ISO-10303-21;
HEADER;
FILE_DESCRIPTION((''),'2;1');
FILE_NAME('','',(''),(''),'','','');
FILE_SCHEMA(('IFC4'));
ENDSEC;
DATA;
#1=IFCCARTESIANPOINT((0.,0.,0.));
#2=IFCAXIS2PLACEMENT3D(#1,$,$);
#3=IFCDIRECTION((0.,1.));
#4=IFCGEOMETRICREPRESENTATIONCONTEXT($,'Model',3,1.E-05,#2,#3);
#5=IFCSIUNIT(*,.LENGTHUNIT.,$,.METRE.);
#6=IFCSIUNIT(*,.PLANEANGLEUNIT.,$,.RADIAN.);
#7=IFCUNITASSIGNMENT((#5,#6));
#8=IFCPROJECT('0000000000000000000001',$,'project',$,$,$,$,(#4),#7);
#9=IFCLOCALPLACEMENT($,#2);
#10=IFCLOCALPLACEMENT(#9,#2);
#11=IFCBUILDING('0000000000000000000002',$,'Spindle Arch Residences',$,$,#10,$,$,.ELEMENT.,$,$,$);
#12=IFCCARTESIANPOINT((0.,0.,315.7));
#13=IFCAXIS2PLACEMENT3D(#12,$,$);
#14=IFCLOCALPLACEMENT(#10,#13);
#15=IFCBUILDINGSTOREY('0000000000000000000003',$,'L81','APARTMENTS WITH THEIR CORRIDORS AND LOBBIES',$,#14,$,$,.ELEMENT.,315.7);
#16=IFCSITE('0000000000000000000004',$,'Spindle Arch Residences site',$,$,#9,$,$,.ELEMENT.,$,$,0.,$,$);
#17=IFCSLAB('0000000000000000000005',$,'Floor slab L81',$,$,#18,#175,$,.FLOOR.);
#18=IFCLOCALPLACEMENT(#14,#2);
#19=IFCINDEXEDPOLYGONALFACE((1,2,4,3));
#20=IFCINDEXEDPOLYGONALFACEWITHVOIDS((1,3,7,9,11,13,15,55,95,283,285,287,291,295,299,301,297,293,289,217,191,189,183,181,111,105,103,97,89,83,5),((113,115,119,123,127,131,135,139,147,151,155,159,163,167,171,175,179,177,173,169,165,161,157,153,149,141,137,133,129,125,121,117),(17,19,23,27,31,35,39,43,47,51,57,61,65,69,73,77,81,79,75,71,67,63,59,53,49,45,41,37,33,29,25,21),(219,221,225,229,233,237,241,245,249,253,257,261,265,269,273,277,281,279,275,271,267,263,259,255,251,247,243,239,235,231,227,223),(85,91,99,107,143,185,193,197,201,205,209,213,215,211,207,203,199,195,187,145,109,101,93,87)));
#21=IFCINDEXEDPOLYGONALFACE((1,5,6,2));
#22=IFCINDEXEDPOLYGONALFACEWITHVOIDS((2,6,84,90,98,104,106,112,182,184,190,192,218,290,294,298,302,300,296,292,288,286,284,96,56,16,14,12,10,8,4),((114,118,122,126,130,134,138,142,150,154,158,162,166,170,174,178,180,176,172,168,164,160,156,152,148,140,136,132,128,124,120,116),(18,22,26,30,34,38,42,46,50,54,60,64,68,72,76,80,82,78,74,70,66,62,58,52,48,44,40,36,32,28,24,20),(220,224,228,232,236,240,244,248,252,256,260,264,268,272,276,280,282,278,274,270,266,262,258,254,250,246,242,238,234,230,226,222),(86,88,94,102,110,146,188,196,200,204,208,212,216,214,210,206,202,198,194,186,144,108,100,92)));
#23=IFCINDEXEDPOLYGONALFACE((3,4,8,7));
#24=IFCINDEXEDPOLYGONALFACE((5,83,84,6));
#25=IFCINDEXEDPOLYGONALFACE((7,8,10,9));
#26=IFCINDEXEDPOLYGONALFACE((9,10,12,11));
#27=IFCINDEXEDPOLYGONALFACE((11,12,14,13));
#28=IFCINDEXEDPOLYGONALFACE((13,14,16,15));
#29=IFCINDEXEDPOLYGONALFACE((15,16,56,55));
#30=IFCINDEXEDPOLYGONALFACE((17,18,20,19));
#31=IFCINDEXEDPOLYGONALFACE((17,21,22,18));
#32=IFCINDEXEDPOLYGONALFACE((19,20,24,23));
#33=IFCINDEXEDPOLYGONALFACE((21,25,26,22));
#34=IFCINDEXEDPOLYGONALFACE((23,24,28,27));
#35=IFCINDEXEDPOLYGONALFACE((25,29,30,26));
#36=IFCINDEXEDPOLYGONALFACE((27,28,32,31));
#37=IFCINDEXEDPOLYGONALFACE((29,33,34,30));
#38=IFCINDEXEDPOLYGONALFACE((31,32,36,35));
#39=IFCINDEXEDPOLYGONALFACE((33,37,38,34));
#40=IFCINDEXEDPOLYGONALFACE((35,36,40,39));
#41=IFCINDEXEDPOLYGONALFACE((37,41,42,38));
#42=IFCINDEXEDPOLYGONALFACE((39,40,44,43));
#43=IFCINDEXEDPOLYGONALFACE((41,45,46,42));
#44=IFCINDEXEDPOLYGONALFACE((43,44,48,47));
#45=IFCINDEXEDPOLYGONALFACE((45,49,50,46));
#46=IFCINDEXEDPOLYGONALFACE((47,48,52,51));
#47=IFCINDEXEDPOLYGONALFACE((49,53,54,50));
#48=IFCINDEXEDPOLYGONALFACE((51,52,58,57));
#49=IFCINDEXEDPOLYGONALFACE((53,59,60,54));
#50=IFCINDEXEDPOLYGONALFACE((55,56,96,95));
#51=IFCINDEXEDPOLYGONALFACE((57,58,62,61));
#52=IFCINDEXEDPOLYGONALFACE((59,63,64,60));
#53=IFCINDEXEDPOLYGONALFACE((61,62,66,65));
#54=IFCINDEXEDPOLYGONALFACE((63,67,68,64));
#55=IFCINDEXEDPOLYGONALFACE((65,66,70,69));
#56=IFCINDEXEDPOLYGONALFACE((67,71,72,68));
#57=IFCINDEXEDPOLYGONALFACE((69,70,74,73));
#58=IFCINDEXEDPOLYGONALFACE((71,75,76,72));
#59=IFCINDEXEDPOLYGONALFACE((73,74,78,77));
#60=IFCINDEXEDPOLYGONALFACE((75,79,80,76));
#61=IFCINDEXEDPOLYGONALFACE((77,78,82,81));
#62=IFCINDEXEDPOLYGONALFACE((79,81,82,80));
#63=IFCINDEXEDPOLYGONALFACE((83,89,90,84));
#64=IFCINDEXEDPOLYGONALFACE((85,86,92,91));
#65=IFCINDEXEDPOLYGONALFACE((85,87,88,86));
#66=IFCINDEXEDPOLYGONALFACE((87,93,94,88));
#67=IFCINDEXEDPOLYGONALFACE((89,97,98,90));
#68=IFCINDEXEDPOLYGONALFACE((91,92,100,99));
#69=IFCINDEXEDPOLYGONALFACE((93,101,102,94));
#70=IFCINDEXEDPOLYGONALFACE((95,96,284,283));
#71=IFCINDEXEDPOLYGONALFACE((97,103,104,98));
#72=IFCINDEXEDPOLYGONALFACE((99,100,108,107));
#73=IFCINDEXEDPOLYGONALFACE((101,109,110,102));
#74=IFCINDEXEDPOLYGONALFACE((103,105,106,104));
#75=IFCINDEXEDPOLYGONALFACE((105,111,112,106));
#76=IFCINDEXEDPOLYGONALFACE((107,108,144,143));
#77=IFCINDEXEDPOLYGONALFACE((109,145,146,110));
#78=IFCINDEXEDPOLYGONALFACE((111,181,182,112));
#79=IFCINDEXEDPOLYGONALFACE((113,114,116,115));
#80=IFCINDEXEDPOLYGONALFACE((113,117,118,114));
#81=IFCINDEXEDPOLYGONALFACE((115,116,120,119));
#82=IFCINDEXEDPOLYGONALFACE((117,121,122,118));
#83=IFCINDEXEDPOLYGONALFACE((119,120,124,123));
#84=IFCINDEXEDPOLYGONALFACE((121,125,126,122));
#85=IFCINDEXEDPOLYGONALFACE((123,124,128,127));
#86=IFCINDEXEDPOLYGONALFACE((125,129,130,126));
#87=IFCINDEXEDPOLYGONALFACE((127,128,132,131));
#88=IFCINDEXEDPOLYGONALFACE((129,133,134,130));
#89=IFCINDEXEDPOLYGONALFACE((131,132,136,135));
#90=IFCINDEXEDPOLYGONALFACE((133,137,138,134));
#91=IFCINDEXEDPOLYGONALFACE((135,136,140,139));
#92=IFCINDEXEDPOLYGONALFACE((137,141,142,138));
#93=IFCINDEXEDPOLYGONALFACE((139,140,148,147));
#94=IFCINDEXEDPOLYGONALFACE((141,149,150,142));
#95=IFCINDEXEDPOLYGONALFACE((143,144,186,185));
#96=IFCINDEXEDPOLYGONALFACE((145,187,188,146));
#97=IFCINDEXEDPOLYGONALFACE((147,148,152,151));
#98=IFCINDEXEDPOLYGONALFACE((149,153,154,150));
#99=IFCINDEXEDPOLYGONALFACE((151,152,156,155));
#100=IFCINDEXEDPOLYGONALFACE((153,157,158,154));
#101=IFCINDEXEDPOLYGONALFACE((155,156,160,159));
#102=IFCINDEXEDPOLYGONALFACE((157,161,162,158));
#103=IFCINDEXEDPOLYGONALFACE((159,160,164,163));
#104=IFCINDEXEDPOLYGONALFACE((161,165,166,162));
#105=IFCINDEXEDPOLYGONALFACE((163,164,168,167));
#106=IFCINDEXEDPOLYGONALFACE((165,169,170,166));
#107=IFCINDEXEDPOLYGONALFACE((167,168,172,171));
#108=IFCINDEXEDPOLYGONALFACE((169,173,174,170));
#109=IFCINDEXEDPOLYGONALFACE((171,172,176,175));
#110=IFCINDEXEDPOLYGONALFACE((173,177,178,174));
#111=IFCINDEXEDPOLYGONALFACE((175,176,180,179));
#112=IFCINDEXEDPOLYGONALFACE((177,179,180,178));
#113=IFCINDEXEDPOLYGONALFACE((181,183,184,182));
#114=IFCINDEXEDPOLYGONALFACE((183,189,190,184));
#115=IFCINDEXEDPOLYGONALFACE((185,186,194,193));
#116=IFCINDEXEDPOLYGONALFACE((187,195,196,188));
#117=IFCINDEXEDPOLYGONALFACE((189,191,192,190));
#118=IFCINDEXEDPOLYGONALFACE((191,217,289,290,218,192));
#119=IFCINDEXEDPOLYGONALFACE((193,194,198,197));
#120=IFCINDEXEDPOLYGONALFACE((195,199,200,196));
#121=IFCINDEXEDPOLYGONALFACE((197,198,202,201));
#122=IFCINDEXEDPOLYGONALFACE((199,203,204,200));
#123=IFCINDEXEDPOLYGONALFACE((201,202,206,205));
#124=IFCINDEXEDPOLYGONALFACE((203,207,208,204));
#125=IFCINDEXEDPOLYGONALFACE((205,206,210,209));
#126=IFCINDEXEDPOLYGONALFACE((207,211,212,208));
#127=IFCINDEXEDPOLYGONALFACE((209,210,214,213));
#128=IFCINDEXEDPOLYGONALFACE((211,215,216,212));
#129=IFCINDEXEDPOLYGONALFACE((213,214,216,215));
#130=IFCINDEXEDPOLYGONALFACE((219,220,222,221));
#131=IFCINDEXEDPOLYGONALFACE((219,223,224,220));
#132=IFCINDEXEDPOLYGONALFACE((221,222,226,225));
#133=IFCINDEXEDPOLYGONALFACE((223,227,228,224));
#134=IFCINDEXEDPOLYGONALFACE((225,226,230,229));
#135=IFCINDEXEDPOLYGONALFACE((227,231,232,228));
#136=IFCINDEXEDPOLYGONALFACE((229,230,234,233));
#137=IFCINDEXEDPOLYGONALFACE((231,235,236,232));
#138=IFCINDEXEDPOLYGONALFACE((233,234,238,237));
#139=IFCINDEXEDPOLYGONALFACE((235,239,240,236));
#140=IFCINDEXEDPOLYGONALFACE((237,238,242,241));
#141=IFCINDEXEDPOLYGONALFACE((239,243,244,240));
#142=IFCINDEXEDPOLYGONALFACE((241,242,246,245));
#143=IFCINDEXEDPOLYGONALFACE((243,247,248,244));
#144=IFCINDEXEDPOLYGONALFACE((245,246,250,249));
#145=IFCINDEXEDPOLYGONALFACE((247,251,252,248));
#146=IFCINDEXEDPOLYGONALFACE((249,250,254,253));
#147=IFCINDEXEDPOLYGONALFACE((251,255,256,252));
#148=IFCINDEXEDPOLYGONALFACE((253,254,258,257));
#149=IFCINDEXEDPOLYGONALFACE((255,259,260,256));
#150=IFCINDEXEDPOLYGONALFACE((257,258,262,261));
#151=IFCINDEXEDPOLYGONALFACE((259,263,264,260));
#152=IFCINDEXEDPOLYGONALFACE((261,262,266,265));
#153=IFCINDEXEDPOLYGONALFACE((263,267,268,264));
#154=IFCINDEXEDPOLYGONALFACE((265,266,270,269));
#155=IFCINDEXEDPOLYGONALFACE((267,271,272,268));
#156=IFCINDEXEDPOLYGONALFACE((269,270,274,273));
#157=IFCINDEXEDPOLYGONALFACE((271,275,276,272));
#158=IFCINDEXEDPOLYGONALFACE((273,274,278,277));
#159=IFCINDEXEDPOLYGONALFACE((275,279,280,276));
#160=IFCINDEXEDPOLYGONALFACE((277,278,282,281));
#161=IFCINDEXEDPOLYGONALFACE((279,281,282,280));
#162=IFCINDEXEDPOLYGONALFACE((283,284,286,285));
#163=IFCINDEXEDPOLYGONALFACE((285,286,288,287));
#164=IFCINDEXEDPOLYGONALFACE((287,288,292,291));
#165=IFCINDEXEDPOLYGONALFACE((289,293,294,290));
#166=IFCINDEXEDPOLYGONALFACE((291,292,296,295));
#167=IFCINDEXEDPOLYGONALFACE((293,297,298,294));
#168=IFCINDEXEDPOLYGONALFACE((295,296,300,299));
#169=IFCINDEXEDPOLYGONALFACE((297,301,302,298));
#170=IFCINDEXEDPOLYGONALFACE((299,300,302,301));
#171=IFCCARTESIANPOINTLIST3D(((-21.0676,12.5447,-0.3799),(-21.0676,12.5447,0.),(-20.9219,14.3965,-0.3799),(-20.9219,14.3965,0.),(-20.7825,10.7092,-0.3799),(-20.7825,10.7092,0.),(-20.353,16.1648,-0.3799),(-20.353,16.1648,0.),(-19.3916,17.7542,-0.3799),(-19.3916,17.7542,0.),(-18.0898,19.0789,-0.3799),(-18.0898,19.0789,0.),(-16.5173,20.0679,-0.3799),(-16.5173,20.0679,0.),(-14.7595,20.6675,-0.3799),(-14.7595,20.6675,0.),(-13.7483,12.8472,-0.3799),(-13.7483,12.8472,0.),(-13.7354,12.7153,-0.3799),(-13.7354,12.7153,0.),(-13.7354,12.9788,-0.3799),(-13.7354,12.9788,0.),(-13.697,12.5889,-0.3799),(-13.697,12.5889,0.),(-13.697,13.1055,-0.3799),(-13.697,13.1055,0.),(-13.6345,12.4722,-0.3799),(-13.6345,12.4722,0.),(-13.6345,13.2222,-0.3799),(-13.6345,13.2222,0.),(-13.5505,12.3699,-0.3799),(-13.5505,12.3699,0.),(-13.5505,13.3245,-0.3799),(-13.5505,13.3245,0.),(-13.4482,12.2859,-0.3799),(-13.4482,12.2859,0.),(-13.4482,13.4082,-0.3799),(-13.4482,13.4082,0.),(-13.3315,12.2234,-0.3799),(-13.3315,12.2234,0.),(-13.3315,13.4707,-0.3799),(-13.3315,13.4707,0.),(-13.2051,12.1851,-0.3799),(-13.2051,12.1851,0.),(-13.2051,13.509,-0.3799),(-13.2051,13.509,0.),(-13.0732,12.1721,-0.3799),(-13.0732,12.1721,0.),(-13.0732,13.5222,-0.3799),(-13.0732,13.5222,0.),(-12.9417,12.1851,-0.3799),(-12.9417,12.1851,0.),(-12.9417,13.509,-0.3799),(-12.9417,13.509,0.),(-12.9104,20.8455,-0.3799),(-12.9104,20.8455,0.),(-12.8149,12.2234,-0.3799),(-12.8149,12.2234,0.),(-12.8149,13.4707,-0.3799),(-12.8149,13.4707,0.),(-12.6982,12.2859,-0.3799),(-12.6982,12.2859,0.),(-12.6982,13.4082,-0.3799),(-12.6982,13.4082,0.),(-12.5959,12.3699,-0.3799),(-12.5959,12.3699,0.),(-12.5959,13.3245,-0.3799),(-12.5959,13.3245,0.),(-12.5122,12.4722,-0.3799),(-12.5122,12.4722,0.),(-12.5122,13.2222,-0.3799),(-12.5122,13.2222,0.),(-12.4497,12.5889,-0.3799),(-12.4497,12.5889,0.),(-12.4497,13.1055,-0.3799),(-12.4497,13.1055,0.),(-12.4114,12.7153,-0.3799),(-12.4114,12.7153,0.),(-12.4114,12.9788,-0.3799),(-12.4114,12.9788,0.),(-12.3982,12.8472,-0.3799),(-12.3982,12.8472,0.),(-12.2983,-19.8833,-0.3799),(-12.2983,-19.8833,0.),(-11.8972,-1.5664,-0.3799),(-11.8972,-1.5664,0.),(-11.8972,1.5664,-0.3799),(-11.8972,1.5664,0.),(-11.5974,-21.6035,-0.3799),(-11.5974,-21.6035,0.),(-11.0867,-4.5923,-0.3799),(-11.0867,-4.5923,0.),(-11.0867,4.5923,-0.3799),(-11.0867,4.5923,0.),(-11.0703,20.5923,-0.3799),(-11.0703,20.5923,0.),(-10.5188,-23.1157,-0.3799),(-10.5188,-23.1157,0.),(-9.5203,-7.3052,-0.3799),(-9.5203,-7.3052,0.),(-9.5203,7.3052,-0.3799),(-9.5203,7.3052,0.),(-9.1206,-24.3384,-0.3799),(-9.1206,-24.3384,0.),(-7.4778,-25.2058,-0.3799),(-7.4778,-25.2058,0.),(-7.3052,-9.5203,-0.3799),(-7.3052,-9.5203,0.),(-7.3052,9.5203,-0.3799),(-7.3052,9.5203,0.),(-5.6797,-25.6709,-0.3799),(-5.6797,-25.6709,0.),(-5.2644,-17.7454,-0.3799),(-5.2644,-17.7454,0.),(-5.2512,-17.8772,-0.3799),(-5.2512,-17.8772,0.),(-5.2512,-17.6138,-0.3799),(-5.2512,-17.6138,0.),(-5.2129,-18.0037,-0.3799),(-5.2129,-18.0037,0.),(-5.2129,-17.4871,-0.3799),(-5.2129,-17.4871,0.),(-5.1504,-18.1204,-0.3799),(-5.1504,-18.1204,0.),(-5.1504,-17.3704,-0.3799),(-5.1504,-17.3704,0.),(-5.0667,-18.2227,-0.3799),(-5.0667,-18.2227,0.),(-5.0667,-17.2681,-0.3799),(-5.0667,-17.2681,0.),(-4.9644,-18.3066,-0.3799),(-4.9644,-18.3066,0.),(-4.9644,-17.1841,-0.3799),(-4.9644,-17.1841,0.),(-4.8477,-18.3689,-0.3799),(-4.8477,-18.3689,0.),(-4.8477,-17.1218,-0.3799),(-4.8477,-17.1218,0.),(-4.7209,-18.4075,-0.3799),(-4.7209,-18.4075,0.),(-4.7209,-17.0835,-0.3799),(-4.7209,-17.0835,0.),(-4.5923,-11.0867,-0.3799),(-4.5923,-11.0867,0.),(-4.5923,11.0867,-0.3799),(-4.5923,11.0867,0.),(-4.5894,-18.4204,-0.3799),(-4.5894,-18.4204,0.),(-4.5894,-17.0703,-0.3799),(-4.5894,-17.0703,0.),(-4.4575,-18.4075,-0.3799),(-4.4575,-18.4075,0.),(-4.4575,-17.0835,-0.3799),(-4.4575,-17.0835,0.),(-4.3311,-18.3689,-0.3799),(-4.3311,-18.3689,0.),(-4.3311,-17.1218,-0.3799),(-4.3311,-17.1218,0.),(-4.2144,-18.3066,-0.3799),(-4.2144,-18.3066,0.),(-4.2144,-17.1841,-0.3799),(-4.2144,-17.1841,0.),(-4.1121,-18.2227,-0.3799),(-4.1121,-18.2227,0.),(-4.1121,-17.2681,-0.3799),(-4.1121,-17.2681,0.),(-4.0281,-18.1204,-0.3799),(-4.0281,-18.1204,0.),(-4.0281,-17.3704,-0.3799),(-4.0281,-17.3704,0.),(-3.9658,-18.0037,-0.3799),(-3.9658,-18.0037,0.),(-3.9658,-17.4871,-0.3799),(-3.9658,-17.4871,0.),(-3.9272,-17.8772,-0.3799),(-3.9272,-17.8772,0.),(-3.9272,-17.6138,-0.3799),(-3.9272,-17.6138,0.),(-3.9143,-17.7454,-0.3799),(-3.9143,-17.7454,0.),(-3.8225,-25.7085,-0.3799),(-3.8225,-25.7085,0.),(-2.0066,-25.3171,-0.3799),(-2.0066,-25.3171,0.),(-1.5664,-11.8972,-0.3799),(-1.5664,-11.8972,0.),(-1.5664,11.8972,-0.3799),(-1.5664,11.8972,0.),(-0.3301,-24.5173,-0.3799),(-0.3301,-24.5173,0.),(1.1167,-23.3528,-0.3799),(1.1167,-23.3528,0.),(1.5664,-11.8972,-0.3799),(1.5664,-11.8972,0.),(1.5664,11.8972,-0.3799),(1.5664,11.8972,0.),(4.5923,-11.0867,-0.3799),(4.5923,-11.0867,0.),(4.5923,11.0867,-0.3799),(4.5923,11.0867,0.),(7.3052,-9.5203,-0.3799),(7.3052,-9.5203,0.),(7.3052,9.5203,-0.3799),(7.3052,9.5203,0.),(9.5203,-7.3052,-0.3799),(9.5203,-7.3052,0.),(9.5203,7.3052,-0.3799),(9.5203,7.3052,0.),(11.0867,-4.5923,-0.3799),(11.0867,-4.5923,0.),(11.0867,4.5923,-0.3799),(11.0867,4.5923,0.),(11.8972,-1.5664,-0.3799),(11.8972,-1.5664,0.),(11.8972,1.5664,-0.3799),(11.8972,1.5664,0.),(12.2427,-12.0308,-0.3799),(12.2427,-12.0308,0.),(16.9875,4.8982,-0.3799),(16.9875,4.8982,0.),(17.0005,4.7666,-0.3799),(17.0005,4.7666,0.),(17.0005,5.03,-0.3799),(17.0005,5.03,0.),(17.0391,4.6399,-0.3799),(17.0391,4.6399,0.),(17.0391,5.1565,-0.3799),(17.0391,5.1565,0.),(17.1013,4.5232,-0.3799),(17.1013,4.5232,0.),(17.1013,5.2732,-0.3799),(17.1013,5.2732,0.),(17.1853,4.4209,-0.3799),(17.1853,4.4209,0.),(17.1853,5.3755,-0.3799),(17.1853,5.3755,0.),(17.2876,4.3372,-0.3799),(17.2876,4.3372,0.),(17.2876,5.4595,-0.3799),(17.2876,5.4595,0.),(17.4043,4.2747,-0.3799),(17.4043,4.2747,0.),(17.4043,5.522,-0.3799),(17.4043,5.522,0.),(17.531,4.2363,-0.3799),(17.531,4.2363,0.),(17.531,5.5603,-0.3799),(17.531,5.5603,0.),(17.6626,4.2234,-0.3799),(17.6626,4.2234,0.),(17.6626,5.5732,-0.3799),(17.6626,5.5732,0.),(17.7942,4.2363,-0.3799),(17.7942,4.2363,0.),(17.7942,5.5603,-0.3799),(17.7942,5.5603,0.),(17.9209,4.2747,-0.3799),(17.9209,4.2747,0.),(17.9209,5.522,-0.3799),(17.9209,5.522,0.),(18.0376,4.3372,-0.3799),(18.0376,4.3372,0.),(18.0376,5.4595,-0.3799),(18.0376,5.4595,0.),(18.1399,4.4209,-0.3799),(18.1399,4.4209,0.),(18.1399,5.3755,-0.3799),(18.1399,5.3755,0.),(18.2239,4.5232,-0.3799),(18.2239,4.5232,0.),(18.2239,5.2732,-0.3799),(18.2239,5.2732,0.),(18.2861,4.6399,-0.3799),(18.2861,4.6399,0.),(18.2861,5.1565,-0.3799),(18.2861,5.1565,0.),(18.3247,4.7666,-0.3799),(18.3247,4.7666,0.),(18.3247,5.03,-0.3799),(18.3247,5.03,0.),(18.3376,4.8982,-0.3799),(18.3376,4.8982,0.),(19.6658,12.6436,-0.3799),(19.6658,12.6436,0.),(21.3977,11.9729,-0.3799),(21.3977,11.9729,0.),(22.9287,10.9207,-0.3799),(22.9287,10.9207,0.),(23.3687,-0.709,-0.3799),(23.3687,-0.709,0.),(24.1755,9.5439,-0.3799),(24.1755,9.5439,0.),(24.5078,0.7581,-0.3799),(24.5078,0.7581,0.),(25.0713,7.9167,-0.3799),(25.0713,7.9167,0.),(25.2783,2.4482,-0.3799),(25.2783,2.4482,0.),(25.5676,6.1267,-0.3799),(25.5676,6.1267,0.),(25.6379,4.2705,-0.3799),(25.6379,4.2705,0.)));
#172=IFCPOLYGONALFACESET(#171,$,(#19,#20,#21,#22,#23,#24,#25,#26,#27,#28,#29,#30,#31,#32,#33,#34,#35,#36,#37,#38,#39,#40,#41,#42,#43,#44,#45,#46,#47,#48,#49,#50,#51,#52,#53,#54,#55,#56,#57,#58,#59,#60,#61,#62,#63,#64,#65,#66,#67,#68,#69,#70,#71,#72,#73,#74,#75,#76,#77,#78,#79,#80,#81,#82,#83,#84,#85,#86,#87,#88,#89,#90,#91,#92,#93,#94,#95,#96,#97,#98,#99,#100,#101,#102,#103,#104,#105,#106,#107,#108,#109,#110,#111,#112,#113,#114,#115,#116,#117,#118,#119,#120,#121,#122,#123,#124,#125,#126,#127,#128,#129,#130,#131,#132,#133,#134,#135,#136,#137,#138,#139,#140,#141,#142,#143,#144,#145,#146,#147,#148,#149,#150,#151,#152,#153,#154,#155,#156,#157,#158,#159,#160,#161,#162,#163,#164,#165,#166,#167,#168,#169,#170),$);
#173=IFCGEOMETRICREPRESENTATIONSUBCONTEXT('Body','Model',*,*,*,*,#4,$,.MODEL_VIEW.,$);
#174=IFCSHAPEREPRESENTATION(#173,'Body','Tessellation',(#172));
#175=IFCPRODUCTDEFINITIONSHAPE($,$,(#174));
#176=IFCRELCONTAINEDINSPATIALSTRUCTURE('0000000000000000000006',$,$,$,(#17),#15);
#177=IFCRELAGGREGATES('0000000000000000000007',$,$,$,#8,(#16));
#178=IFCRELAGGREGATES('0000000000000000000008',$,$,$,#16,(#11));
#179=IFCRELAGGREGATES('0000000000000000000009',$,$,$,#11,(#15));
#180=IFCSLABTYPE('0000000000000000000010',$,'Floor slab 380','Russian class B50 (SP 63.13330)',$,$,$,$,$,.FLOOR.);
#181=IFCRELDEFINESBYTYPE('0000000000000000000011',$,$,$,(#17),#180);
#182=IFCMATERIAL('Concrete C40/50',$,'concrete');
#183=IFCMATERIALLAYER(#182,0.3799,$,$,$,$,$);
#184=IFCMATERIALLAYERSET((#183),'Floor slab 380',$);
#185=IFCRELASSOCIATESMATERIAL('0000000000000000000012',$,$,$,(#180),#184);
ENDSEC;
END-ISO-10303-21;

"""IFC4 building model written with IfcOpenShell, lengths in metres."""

from ifc_helpers import new_model, si_unit, direction, frame, origin, place, context, subcontext, project, spatial, polyline, outline, extrude, material, layer, layer_set, type_object, element, save


model = new_model("IFC4")

# Units and contexts
model_context = context("Model", 3, precision=1e-05, world=origin(), true_north=direction((0.0, 1.0)))
body_context = subcontext(model_context, "Body", "Model", "MODEL_VIEW")
ifc_project = project(units=[si_unit("LENGTHUNIT", "METRE"), si_unit("PLANEANGLEUNIT", "RADIAN")], contexts=[model_context])

# Site, building, storey
site_placement = place(None, origin())
site = spatial("IfcSite", under=ifc_project, at=site_placement, Name="Spindle Arch Residences site", CompositionType="ELEMENT", RefElevation=0.0)
building_placement = place(site_placement, origin())
building = spatial("IfcBuilding", under=site, at=building_placement, Name="Spindle Arch Residences", CompositionType="ELEMENT")
storey_placement = place(building_placement, frame((0.0, 0.0, 315.7)))
storey = spatial("IfcBuildingStorey", under=building, at=storey_placement, Name="L81", Description="APARTMENTS WITH THEIR CORRIDORS AND LOBBIES", CompositionType="ELEMENT", Elevation=315.7)

# Slab
ifc_material_1 = material(Name="Concrete C40/50", Category="concrete")
ifc_layer_1 = layer(ifc_material_1, 0.3799)
ifc_layer_set_1 = layer_set([ifc_layer_1], Name="Floor slab 380")
slab_type_1 = type_object("IfcSlabType", Name="Floor slab 380", Description="Russian class B50 (SP 63.13330)", PredefinedType="FLOOR", material=ifc_layer_set_1)
slab_1_placement = place(storey_placement, frame((0.0, 0.0, -0.3799)))
element("IfcSlab", 1, at=slab_1_placement, inside=storey, type_object=slab_type_1, Name="Floor slab L81", PredefinedType="FLOOR", context=body_context, shape_type="SweptSolid", body=[
    extrude(outline(polyline([(-0.3301, -24.5173), (-2.0066, -25.3171), (-3.8225, -25.7085), (-5.6797, -25.6709), (-7.4778, -25.2058), (-9.1206, -24.3384), (-10.5188, -23.1157), (-11.5974, -21.6035), (-12.2983, -19.8833), (-20.7825, 10.7092), (-21.0676, 12.5447), (-20.9219, 14.3965), (-20.353, 16.1648), (-19.3916, 17.7542), (-18.0898, 19.0789), (-16.5173, 20.0679), (-14.7595, 20.6675), (-12.9104, 20.8455), (-11.0703, 20.5923), (19.6658, 12.6436), (21.3977, 11.9729), (22.9287, 10.9207), (24.1755, 9.5439), (25.0713, 7.9167), (25.5676, 6.1267), (25.6379, 4.2705), (25.2783, 2.4482), (24.5078, 0.7581), (23.3687, -0.709), (12.2427, -12.0308), (1.1167, -23.3528), (-0.3301, -24.5173)]), holes=[polyline([(7.3052, -9.5203), (9.5203, -7.3052), (11.0867, -4.5923), (11.8972, -1.5664), (11.8972, 1.5664), (11.0867, 4.5923), (9.5203, 7.3052), (7.3052, 9.5203), (4.5923, 11.0867), (1.5664, 11.8972), (-1.5664, 11.8972), (-4.5923, 11.0867), (-7.3052, 9.5203), (-9.5203, 7.3052), (-11.0867, 4.5923), (-11.8972, 1.5664), (-11.8972, -1.5664), (-11.0867, -4.5923), (-9.5203, -7.3052), (-7.3052, -9.5203), (-4.5923, -11.0867), (-1.5664, -11.8972), (1.5664, -11.8972), (4.5923, -11.0867), (7.3052, -9.5203)]), polyline([(-4.0281, -18.1204), (-3.9658, -18.0037), (-3.9272, -17.8772), (-3.9143, -17.7454), (-3.9272, -17.6138), (-3.9658, -17.4871), (-4.0281, -17.3704), (-4.1121, -17.2681), (-4.2144, -17.1841), (-4.3311, -17.1218), (-4.4575, -17.0835), (-4.5894, -17.0703), (-4.7209, -17.0835), (-4.8477, -17.1218), (-4.9644, -17.1841), (-5.0667, -17.2681), (-5.1504, -17.3704), (-5.2129, -17.4871), (-5.2512, -17.6138), (-5.2644, -17.7454), (-5.2512, -17.8772), (-5.2129, -18.0037), (-5.1504, -18.1204), (-5.0667, -18.2227), (-4.9644, -18.3066), (-4.8477, -18.3689), (-4.7209, -18.4075), (-4.5894, -18.4204), (-4.4575, -18.4075), (-4.3311, -18.3689), (-4.2144, -18.3066), (-4.1121, -18.2227), (-4.0281, -18.1204)]), polyline([(-12.5959, 12.3699), (-12.5122, 12.4722), (-12.4497, 12.5889), (-12.4114, 12.7153), (-12.3982, 12.8472), (-12.4114, 12.9788), (-12.4497, 13.1055), (-12.5122, 13.2222), (-12.5959, 13.3245), (-12.6982, 13.4082), (-12.8149, 13.4707), (-12.9417, 13.509), (-13.0732, 13.5222), (-13.2051, 13.509), (-13.3315, 13.4707), (-13.4482, 13.4082), (-13.5505, 13.3245), (-13.6345, 13.2222), (-13.697, 13.1055), (-13.7354, 12.9788), (-13.7483, 12.8472), (-13.7354, 12.7153), (-13.697, 12.5889), (-13.6345, 12.4722), (-13.5505, 12.3699), (-13.4482, 12.2859), (-13.3315, 12.2234), (-13.2051, 12.1851), (-13.0732, 12.1721), (-12.9417, 12.1851), (-12.8149, 12.2234), (-12.6982, 12.2859), (-12.5959, 12.3699)]), polyline([(18.1399, 4.4209), (18.2239, 4.5232), (18.2861, 4.6399), (18.3247, 4.7666), (18.3376, 4.8982), (18.3247, 5.03), (18.2861, 5.1565), (18.2239, 5.2732), (18.1399, 5.3755), (18.0376, 5.4595), (17.9209, 5.522), (17.7942, 5.5603), (17.6626, 5.5732), (17.531, 5.5603), (17.4043, 5.522), (17.2876, 5.4595), (17.1853, 5.3755), (17.1013, 5.2732), (17.0391, 5.1565), (17.0005, 5.03), (16.9875, 4.8982), (17.0005, 4.7666), (17.0391, 4.6399), (17.1013, 4.5232), (17.1853, 4.4209), (17.2876, 4.3372), (17.4043, 4.2747), (17.531, 4.2363), (17.6626, 4.2234), (17.7942, 4.2363), (17.9209, 4.2747), (18.0376, 4.3372), (18.1399, 4.4209)])]), origin(), (0.0, 0.0, 1.0), 0.3799),
])

save(model, "model.ifc")
